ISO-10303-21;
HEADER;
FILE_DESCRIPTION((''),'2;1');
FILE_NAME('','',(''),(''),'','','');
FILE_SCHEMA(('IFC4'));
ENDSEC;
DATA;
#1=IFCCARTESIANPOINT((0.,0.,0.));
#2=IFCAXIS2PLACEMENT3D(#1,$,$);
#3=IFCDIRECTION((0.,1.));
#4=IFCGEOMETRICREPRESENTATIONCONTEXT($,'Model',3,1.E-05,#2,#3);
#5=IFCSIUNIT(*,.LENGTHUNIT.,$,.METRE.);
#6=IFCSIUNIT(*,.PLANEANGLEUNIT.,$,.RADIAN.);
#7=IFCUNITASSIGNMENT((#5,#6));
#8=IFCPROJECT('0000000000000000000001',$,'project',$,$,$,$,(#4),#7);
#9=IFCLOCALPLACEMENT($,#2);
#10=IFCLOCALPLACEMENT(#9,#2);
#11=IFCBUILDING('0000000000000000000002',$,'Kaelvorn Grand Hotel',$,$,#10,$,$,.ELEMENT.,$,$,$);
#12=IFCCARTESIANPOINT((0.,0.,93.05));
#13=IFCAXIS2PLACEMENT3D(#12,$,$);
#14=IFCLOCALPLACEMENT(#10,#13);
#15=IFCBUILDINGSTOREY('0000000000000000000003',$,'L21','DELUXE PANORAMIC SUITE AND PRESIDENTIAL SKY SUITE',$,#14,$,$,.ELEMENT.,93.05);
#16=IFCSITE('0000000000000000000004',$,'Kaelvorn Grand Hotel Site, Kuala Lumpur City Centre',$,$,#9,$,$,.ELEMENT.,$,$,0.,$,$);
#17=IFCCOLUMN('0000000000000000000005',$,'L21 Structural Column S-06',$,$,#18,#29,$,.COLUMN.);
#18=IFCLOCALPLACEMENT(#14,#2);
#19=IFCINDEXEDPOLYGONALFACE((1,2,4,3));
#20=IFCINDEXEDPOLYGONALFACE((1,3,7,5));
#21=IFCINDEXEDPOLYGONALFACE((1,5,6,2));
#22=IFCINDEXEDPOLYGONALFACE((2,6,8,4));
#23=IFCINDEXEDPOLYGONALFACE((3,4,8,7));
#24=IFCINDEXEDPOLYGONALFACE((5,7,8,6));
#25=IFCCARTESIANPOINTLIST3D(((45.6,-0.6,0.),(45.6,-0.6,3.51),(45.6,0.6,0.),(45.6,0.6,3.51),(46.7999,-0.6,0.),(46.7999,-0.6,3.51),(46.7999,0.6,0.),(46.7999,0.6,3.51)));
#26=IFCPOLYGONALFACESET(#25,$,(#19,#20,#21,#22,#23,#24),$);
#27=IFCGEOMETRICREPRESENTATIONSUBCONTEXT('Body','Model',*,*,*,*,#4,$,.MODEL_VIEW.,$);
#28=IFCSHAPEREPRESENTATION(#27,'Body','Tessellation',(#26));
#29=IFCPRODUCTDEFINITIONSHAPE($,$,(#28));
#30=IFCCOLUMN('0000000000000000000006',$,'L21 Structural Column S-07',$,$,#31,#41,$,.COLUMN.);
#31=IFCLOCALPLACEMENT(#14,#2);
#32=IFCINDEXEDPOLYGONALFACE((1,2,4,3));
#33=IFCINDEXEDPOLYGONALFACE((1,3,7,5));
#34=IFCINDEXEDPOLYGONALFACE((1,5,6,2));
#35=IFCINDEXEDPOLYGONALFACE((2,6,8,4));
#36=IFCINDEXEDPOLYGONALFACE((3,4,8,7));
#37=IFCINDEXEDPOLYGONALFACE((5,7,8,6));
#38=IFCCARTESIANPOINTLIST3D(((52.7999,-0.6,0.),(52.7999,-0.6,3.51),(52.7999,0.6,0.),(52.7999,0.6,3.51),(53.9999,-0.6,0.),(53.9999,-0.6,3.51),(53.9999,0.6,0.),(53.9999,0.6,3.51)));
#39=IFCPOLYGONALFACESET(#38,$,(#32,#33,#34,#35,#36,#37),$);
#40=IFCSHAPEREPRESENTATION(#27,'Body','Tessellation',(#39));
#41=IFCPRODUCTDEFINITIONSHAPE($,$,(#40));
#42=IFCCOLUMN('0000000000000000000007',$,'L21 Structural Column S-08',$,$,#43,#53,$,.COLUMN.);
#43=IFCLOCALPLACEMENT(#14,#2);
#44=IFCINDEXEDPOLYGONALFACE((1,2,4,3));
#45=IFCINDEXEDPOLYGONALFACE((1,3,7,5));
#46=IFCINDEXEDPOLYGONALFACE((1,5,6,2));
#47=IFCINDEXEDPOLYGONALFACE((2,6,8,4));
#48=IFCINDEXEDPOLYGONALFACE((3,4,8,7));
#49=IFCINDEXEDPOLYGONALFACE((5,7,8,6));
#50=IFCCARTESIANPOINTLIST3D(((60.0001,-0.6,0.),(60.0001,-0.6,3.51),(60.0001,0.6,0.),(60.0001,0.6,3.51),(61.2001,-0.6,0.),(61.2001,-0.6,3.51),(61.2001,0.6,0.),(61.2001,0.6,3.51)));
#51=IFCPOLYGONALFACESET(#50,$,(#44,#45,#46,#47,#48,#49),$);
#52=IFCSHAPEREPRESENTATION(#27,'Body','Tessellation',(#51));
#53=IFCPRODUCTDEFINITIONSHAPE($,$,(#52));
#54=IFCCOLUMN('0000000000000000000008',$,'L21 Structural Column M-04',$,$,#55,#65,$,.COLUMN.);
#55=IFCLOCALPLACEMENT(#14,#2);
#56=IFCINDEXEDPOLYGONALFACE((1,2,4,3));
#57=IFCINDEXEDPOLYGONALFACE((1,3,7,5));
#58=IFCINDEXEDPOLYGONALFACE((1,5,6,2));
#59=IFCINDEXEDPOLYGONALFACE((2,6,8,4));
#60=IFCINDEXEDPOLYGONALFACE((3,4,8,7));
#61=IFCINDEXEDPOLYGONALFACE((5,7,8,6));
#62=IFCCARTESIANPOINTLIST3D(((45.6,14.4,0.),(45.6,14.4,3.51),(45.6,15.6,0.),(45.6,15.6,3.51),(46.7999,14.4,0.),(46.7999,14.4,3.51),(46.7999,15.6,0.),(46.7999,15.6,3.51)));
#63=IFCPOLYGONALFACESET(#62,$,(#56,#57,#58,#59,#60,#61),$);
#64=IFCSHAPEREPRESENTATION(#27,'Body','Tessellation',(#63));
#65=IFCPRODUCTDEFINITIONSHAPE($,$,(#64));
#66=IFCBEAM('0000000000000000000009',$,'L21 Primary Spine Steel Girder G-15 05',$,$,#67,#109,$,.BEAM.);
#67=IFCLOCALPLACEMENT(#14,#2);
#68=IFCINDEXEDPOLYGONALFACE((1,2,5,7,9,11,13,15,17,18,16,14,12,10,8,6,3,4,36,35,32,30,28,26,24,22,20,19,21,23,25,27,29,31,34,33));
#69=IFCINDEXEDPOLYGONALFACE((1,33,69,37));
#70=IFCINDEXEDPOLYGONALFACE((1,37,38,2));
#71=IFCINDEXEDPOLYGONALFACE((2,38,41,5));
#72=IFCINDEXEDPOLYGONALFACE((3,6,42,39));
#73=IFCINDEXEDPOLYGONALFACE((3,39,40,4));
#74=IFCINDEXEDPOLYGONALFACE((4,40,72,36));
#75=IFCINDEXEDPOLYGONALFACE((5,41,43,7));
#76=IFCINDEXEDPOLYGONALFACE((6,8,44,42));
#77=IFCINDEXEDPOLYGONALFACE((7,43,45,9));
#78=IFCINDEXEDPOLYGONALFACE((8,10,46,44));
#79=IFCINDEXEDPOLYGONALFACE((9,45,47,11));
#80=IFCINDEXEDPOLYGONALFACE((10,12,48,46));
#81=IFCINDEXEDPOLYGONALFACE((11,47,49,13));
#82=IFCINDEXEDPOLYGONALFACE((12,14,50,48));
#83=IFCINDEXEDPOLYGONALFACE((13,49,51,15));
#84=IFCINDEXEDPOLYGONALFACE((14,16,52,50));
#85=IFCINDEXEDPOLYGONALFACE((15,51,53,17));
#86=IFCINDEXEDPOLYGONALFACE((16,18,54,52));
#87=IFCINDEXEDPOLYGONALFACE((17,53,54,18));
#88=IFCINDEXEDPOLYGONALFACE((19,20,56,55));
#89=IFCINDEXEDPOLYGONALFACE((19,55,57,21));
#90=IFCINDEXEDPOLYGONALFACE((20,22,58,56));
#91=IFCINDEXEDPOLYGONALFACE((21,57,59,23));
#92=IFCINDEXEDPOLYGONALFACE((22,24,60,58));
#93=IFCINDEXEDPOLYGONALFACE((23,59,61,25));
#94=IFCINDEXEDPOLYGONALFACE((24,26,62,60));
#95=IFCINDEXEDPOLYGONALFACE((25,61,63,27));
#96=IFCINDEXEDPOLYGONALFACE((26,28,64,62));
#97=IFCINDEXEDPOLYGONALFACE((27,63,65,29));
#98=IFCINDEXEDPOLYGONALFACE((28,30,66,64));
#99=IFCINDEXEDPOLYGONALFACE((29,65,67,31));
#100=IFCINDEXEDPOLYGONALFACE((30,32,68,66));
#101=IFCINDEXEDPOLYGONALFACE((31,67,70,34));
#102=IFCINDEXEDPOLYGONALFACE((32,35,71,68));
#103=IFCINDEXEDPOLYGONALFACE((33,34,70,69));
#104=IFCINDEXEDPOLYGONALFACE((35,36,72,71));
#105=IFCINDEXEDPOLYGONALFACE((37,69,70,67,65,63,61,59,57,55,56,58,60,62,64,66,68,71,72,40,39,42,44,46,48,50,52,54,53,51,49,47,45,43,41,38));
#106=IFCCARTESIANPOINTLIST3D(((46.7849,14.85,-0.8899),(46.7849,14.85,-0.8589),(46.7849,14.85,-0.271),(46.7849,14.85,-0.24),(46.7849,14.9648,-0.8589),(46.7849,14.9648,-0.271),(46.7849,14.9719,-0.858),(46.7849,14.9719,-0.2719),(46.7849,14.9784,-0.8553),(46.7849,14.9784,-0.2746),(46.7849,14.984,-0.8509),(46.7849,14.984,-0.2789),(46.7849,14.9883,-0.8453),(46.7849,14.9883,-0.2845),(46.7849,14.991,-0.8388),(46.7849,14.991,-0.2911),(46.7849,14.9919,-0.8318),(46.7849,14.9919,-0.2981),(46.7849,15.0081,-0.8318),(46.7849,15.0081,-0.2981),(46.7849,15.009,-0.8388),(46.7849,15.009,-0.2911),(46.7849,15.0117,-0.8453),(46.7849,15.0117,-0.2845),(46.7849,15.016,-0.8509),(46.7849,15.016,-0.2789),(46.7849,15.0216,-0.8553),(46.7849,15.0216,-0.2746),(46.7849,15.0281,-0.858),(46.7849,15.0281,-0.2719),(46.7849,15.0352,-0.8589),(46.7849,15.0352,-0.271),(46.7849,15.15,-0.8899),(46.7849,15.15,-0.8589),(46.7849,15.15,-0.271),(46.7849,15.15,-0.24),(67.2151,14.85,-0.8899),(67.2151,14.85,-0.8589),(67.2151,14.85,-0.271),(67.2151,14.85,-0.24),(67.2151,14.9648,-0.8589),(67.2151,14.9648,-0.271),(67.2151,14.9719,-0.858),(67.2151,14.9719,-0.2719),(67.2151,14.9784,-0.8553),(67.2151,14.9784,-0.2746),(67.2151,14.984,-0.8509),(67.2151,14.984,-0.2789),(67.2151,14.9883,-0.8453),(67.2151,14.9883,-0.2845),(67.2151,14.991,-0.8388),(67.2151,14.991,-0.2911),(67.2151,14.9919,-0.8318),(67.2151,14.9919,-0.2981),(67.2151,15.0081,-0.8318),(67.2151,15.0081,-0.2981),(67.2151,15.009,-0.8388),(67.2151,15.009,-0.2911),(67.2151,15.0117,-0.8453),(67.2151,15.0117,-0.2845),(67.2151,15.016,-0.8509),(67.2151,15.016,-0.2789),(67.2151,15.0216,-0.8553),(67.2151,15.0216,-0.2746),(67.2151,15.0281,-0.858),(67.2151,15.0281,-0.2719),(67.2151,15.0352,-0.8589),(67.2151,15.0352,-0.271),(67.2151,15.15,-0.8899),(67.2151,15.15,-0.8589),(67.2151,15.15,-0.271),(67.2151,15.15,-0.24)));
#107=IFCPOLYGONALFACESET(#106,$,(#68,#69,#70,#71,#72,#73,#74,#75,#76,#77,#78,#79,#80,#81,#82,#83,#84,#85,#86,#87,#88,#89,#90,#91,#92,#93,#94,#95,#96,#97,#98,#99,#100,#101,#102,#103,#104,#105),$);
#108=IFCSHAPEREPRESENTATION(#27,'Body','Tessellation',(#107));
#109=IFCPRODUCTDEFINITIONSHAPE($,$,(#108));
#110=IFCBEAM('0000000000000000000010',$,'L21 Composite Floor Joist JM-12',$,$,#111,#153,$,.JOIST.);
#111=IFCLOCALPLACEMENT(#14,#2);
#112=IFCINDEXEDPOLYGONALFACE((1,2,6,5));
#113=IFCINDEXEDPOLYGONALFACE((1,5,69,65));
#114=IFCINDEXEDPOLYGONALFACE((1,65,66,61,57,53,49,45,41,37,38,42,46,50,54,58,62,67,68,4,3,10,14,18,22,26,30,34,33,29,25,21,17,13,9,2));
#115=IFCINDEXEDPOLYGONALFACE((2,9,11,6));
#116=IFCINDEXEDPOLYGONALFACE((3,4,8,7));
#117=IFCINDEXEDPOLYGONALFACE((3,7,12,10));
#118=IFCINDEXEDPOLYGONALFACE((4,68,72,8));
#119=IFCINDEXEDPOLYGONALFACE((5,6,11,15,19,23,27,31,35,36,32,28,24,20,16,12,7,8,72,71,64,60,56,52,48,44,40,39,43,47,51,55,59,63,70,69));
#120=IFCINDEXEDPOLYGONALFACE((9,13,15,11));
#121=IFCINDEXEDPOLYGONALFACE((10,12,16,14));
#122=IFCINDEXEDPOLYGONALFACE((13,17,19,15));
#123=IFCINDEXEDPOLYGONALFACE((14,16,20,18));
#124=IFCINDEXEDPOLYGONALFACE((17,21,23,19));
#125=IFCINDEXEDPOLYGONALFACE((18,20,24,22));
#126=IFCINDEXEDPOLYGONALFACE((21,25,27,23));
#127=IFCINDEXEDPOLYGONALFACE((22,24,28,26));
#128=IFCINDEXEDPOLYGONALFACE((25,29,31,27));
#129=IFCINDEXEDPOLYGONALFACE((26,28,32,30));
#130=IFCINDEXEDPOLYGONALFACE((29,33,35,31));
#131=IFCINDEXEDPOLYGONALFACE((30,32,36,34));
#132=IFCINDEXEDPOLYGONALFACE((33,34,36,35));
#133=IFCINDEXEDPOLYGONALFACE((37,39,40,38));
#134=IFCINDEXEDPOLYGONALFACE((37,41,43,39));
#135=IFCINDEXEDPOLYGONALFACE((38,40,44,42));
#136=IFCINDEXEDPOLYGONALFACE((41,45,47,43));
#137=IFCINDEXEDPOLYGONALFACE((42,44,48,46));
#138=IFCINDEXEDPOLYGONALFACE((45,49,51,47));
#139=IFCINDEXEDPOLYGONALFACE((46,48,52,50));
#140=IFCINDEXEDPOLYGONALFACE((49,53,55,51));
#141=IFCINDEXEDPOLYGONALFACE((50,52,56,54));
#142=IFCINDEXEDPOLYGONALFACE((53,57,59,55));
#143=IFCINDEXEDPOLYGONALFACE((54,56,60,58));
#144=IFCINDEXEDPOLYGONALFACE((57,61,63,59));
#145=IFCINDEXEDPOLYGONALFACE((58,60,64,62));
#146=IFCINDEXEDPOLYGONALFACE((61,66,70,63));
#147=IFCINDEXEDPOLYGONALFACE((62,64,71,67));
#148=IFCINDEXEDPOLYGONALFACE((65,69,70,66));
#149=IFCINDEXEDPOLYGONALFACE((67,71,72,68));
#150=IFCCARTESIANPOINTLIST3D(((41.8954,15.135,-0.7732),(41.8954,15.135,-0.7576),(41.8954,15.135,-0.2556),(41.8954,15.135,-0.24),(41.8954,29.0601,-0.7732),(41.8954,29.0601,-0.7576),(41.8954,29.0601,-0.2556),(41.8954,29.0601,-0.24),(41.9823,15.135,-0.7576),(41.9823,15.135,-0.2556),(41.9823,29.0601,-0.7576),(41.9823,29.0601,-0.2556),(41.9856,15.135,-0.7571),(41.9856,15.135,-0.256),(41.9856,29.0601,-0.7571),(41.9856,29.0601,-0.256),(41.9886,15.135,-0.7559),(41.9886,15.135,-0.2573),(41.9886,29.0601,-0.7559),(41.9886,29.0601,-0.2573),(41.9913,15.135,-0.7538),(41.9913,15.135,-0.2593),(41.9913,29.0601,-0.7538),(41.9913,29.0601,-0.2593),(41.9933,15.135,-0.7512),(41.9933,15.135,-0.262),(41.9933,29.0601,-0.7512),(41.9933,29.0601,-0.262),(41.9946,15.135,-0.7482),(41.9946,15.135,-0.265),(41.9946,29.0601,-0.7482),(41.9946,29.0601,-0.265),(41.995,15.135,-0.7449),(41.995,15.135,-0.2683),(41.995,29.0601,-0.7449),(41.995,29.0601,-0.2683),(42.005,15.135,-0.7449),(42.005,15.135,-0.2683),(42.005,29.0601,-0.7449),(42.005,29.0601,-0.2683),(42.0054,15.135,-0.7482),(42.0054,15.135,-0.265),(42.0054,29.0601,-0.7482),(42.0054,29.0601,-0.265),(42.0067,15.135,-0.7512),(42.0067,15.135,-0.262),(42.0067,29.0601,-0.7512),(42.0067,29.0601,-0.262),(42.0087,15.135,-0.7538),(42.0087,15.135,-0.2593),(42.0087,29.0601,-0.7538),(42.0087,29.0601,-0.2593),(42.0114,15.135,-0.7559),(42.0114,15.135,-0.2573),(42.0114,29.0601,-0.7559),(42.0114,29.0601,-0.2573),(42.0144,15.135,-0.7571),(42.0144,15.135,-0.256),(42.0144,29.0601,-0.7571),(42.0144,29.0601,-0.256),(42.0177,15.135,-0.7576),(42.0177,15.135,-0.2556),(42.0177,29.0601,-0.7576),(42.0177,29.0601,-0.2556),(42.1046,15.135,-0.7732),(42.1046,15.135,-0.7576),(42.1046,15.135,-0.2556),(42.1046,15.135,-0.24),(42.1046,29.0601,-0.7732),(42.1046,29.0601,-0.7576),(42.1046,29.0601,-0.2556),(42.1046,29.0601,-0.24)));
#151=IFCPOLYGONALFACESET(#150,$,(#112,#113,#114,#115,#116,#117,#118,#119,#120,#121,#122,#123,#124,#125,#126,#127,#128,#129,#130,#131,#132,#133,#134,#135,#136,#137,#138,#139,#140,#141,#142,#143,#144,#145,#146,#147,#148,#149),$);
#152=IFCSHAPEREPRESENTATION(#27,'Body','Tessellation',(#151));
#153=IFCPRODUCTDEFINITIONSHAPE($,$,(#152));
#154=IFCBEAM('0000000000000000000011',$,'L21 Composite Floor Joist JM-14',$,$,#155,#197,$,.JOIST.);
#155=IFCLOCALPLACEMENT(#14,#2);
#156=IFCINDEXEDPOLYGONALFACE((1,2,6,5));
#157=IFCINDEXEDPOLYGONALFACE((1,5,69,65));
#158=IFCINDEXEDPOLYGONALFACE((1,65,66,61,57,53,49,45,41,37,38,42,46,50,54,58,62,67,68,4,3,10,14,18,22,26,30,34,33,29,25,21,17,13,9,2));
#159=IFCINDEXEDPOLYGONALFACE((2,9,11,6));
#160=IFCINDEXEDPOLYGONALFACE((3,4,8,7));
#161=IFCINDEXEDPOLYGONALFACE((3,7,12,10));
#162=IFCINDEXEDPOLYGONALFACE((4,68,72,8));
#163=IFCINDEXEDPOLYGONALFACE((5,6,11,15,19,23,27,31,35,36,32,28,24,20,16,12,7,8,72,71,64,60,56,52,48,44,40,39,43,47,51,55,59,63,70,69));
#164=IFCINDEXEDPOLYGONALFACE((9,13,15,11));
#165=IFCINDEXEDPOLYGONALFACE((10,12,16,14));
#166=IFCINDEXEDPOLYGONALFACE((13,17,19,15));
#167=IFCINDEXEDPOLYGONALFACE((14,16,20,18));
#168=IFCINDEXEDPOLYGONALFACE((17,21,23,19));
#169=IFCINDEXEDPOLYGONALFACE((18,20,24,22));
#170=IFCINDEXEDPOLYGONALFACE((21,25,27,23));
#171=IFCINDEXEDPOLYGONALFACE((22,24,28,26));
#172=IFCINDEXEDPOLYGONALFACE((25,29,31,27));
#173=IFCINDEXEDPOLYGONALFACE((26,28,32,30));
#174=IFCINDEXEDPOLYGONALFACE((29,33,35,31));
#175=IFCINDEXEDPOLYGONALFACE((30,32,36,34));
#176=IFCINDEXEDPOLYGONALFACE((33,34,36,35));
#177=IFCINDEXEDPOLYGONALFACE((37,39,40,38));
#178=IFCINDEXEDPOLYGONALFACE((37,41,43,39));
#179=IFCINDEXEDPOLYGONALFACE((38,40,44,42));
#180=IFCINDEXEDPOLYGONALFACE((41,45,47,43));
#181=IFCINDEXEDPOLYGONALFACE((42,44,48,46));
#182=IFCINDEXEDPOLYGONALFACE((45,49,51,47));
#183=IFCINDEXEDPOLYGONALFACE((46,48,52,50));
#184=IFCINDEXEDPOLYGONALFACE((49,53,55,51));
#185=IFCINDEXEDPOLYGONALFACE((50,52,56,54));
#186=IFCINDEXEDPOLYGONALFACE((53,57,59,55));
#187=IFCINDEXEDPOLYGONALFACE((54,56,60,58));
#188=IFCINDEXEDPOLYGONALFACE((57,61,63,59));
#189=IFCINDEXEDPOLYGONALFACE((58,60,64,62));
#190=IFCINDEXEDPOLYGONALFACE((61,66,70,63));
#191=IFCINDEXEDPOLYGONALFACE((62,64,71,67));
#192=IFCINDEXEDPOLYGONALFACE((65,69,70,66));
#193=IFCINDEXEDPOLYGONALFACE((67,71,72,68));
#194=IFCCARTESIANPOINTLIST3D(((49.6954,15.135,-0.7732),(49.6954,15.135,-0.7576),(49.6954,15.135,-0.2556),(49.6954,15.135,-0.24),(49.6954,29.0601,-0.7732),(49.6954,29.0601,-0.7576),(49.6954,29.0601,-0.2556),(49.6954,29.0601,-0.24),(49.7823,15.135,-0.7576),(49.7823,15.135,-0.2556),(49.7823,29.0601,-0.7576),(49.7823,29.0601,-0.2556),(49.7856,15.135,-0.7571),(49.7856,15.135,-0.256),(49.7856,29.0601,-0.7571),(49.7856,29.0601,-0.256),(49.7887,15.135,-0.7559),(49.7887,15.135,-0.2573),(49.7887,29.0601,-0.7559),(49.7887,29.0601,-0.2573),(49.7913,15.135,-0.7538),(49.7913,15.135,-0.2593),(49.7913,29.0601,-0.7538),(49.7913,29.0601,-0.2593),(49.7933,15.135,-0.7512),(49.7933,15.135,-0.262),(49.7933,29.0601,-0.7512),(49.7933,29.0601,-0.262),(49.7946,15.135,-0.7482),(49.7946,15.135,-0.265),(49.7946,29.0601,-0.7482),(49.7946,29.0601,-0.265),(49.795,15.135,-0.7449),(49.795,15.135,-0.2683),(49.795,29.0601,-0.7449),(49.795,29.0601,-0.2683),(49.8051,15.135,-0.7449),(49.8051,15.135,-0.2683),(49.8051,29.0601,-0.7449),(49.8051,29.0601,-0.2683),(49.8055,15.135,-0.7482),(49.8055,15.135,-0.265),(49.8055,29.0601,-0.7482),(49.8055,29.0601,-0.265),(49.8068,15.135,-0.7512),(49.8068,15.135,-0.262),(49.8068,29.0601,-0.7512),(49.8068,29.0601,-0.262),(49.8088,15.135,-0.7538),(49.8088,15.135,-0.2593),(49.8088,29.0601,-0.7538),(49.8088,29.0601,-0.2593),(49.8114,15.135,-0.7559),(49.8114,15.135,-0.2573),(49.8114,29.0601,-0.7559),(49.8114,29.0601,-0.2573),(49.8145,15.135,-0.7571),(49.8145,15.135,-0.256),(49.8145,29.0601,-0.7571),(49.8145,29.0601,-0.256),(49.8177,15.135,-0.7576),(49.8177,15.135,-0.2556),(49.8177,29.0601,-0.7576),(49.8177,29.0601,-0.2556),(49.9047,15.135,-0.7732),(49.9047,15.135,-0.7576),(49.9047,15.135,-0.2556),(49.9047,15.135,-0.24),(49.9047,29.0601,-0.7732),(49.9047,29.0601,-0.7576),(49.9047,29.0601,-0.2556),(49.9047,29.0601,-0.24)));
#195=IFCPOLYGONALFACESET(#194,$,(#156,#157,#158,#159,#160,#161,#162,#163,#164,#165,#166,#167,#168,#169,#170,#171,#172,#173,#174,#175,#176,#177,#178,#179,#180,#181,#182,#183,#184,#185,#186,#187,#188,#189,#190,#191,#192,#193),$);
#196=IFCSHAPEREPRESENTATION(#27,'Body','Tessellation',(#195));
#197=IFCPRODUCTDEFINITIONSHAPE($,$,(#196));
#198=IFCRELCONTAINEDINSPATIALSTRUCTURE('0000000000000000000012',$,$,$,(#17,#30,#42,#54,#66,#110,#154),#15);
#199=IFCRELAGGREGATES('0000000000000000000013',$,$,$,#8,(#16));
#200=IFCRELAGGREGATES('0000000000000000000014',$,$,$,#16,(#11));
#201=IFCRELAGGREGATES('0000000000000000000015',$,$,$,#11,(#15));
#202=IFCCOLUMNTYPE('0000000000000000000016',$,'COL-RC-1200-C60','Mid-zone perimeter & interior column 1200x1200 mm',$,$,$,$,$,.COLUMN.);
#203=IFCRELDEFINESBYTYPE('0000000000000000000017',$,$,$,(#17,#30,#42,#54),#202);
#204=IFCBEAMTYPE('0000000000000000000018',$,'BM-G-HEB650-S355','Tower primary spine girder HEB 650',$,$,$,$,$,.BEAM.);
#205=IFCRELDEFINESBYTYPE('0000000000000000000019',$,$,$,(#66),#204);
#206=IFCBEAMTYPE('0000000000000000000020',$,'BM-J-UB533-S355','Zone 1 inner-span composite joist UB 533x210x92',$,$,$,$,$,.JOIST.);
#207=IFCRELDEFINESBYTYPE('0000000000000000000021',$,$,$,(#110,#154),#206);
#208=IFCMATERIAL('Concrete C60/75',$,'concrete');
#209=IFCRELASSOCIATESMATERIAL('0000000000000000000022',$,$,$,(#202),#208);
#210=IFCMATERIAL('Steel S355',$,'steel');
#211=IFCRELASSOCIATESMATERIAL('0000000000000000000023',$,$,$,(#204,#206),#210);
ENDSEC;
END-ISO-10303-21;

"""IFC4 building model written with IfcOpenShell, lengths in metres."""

from ifc_helpers import new_model, si_unit, direction, frame, origin, origin_2d, place, context, subcontext, project, spatial, rectangle, i_section, extrude, material, material_profile, profile_set, type_object, element, save


model = new_model("IFC4")

# Units and contexts
model_context = context("Model", 3, precision=1e-05, world=origin(), true_north=direction((0.0, 1.0)))
body_context = subcontext(model_context, "Body", "Model", "MODEL_VIEW")
ifc_project = project(units=[si_unit("LENGTHUNIT", "METRE"), si_unit("PLANEANGLEUNIT", "RADIAN")], contexts=[model_context])

# Site, building, storey
site_placement = place(None, origin())
site = spatial("IfcSite", under=ifc_project, at=site_placement, Name="Kaelvorn Grand Hotel Site, Kuala Lumpur City Centre", CompositionType="ELEMENT", RefElevation=0.0)
building_placement = place(site_placement, origin())
building = spatial("IfcBuilding", under=site, at=building_placement, Name="Kaelvorn Grand Hotel", CompositionType="ELEMENT")
storey_placement = place(building_placement, frame((0.0, 0.0, 93.05)))
storey = spatial("IfcBuildingStorey", under=building, at=storey_placement, Name="L21", Description="DELUXE PANORAMIC SUITE AND PRESIDENTIAL SKY SUITE", CompositionType="ELEMENT", Elevation=93.05)

# Columns
ifc_material_1 = material(Name="Concrete C60/75", Category="concrete")
ifc_material_profile_1 = material_profile(ifc_material_1, rectangle(XDim=1.2, YDim=1.2, at=origin_2d()), Name="RC COL 1200x1200")
ifc_profile_set_1 = profile_set([ifc_material_profile_1], Name="Concrete C60/75")
column_type = type_object("IfcColumnType", Name="COL-RC-1200-C60", Description="Mid-zone perimeter & interior column 1200x1200 mm", PredefinedType="COLUMN", material=ifc_profile_set_1)
for number, where, z_axis, x_axis, name in (
    (1, (46.2, 0.0, 0.0), (0.0, 0.0, 1.0), (1.0, 0.0, 0.0), "L21 Structural Column S-06"),
    (2, (53.3999, 0.0, 0.0), (0.0, 0.0, 1.0), (1.0, 0.0, 0.0), "L21 Structural Column S-07"),
    (3, (60.6001, 0.0, 0.0), (0.0, 0.0, 1.0), (1.0, 0.0, 0.0), "L21 Structural Column S-08"),
    (4, (46.2, 15.0, 0.0), (0.0, 0.0, 1.0), (1.0, 0.0, 0.0), "L21 Structural Column M-04"),
):
    element("IfcColumn", number, at=place(storey_placement, frame(where, z_axis=z_axis, x_axis=x_axis)), inside=storey, type_object=column_type, Name=name, PredefinedType="COLUMN", context=body_context, shape_type="SweptSolid", body=[
        extrude(rectangle(XDim=1.2, YDim=1.2, at=origin_2d()), origin(), (0.0, 0.0, 1.0), 3.51),
    ])

# Beams
ifc_material_2 = material(Name="Steel S355", Category="steel")
ifc_material_profile_2 = material_profile(ifc_material_2, i_section(OverallWidth=0.3, OverallDepth=0.6499, WebThickness=0.0161, FlangeThickness=0.031, FilletRadius=0.0271, at=origin_2d()), Name="HEB 650")
ifc_profile_set_2 = profile_set([ifc_material_profile_2], Name="Steel S355")
beam_type_1 = type_object("IfcBeamType", Name="BM-G-HEB650-S355", Description="Tower primary spine girder HEB 650", PredefinedType="BEAM", material=ifc_profile_set_2)
beam_1_placement = place(storey_placement, frame((46.7849, 15.0, -0.5649), z_axis=(1.0, 0.0, 0.0), x_axis=(0.0, 1.0, 0.0)))
element("IfcBeam", 5, at=beam_1_placement, inside=storey, type_object=beam_type_1, Name="L21 Primary Spine Steel Girder G-15 05", PredefinedType="BEAM", context=body_context, shape_type="SweptSolid", body=[
    extrude(i_section(OverallWidth=0.3, OverallDepth=0.6499, WebThickness=0.0161, FlangeThickness=0.031, FilletRadius=0.0271, at=origin_2d()), origin(), (0.0, 0.0, 1.0), 20.4302),
])
ifc_material_profile_3 = material_profile(ifc_material_2, i_section(OverallWidth=0.2092, OverallDepth=0.5332, WebThickness=0.01, FlangeThickness=0.0156, FilletRadius=0.0127, at=origin_2d()), Name="UB 533x210x92")
ifc_profile_set_3 = profile_set([ifc_material_profile_3], Name="Steel S355")
beam_type_2 = type_object("IfcBeamType", Name="BM-J-UB533-S355", Description="Zone 1 inner-span composite joist UB 533x210x92", PredefinedType="JOIST", material=ifc_profile_set_3)
for number, where, z_axis, x_axis, name in (
    (6, (42.0, 15.135, -0.5066), (0.0, 1.0, 0.0), (-1.0, 0.0, 0.0), "L21 Composite Floor Joist JM-12"),
    (7, (49.8, 15.135, -0.5066), (0.0, 1.0, 0.0), (-1.0, 0.0, 0.0), "L21 Composite Floor Joist JM-14"),
):
    element("IfcBeam", number, at=place(storey_placement, frame(where, z_axis=z_axis, x_axis=x_axis)), inside=storey, type_object=beam_type_2, Name=name, PredefinedType="JOIST", context=body_context, shape_type="SweptSolid", body=[
        extrude(i_section(OverallWidth=0.2092, OverallDepth=0.5332, WebThickness=0.01, FlangeThickness=0.0156, FilletRadius=0.0127, at=origin_2d()), origin(), (0.0, 0.0, 1.0), 13.925),
    ])

save(model, "model.ifc")
